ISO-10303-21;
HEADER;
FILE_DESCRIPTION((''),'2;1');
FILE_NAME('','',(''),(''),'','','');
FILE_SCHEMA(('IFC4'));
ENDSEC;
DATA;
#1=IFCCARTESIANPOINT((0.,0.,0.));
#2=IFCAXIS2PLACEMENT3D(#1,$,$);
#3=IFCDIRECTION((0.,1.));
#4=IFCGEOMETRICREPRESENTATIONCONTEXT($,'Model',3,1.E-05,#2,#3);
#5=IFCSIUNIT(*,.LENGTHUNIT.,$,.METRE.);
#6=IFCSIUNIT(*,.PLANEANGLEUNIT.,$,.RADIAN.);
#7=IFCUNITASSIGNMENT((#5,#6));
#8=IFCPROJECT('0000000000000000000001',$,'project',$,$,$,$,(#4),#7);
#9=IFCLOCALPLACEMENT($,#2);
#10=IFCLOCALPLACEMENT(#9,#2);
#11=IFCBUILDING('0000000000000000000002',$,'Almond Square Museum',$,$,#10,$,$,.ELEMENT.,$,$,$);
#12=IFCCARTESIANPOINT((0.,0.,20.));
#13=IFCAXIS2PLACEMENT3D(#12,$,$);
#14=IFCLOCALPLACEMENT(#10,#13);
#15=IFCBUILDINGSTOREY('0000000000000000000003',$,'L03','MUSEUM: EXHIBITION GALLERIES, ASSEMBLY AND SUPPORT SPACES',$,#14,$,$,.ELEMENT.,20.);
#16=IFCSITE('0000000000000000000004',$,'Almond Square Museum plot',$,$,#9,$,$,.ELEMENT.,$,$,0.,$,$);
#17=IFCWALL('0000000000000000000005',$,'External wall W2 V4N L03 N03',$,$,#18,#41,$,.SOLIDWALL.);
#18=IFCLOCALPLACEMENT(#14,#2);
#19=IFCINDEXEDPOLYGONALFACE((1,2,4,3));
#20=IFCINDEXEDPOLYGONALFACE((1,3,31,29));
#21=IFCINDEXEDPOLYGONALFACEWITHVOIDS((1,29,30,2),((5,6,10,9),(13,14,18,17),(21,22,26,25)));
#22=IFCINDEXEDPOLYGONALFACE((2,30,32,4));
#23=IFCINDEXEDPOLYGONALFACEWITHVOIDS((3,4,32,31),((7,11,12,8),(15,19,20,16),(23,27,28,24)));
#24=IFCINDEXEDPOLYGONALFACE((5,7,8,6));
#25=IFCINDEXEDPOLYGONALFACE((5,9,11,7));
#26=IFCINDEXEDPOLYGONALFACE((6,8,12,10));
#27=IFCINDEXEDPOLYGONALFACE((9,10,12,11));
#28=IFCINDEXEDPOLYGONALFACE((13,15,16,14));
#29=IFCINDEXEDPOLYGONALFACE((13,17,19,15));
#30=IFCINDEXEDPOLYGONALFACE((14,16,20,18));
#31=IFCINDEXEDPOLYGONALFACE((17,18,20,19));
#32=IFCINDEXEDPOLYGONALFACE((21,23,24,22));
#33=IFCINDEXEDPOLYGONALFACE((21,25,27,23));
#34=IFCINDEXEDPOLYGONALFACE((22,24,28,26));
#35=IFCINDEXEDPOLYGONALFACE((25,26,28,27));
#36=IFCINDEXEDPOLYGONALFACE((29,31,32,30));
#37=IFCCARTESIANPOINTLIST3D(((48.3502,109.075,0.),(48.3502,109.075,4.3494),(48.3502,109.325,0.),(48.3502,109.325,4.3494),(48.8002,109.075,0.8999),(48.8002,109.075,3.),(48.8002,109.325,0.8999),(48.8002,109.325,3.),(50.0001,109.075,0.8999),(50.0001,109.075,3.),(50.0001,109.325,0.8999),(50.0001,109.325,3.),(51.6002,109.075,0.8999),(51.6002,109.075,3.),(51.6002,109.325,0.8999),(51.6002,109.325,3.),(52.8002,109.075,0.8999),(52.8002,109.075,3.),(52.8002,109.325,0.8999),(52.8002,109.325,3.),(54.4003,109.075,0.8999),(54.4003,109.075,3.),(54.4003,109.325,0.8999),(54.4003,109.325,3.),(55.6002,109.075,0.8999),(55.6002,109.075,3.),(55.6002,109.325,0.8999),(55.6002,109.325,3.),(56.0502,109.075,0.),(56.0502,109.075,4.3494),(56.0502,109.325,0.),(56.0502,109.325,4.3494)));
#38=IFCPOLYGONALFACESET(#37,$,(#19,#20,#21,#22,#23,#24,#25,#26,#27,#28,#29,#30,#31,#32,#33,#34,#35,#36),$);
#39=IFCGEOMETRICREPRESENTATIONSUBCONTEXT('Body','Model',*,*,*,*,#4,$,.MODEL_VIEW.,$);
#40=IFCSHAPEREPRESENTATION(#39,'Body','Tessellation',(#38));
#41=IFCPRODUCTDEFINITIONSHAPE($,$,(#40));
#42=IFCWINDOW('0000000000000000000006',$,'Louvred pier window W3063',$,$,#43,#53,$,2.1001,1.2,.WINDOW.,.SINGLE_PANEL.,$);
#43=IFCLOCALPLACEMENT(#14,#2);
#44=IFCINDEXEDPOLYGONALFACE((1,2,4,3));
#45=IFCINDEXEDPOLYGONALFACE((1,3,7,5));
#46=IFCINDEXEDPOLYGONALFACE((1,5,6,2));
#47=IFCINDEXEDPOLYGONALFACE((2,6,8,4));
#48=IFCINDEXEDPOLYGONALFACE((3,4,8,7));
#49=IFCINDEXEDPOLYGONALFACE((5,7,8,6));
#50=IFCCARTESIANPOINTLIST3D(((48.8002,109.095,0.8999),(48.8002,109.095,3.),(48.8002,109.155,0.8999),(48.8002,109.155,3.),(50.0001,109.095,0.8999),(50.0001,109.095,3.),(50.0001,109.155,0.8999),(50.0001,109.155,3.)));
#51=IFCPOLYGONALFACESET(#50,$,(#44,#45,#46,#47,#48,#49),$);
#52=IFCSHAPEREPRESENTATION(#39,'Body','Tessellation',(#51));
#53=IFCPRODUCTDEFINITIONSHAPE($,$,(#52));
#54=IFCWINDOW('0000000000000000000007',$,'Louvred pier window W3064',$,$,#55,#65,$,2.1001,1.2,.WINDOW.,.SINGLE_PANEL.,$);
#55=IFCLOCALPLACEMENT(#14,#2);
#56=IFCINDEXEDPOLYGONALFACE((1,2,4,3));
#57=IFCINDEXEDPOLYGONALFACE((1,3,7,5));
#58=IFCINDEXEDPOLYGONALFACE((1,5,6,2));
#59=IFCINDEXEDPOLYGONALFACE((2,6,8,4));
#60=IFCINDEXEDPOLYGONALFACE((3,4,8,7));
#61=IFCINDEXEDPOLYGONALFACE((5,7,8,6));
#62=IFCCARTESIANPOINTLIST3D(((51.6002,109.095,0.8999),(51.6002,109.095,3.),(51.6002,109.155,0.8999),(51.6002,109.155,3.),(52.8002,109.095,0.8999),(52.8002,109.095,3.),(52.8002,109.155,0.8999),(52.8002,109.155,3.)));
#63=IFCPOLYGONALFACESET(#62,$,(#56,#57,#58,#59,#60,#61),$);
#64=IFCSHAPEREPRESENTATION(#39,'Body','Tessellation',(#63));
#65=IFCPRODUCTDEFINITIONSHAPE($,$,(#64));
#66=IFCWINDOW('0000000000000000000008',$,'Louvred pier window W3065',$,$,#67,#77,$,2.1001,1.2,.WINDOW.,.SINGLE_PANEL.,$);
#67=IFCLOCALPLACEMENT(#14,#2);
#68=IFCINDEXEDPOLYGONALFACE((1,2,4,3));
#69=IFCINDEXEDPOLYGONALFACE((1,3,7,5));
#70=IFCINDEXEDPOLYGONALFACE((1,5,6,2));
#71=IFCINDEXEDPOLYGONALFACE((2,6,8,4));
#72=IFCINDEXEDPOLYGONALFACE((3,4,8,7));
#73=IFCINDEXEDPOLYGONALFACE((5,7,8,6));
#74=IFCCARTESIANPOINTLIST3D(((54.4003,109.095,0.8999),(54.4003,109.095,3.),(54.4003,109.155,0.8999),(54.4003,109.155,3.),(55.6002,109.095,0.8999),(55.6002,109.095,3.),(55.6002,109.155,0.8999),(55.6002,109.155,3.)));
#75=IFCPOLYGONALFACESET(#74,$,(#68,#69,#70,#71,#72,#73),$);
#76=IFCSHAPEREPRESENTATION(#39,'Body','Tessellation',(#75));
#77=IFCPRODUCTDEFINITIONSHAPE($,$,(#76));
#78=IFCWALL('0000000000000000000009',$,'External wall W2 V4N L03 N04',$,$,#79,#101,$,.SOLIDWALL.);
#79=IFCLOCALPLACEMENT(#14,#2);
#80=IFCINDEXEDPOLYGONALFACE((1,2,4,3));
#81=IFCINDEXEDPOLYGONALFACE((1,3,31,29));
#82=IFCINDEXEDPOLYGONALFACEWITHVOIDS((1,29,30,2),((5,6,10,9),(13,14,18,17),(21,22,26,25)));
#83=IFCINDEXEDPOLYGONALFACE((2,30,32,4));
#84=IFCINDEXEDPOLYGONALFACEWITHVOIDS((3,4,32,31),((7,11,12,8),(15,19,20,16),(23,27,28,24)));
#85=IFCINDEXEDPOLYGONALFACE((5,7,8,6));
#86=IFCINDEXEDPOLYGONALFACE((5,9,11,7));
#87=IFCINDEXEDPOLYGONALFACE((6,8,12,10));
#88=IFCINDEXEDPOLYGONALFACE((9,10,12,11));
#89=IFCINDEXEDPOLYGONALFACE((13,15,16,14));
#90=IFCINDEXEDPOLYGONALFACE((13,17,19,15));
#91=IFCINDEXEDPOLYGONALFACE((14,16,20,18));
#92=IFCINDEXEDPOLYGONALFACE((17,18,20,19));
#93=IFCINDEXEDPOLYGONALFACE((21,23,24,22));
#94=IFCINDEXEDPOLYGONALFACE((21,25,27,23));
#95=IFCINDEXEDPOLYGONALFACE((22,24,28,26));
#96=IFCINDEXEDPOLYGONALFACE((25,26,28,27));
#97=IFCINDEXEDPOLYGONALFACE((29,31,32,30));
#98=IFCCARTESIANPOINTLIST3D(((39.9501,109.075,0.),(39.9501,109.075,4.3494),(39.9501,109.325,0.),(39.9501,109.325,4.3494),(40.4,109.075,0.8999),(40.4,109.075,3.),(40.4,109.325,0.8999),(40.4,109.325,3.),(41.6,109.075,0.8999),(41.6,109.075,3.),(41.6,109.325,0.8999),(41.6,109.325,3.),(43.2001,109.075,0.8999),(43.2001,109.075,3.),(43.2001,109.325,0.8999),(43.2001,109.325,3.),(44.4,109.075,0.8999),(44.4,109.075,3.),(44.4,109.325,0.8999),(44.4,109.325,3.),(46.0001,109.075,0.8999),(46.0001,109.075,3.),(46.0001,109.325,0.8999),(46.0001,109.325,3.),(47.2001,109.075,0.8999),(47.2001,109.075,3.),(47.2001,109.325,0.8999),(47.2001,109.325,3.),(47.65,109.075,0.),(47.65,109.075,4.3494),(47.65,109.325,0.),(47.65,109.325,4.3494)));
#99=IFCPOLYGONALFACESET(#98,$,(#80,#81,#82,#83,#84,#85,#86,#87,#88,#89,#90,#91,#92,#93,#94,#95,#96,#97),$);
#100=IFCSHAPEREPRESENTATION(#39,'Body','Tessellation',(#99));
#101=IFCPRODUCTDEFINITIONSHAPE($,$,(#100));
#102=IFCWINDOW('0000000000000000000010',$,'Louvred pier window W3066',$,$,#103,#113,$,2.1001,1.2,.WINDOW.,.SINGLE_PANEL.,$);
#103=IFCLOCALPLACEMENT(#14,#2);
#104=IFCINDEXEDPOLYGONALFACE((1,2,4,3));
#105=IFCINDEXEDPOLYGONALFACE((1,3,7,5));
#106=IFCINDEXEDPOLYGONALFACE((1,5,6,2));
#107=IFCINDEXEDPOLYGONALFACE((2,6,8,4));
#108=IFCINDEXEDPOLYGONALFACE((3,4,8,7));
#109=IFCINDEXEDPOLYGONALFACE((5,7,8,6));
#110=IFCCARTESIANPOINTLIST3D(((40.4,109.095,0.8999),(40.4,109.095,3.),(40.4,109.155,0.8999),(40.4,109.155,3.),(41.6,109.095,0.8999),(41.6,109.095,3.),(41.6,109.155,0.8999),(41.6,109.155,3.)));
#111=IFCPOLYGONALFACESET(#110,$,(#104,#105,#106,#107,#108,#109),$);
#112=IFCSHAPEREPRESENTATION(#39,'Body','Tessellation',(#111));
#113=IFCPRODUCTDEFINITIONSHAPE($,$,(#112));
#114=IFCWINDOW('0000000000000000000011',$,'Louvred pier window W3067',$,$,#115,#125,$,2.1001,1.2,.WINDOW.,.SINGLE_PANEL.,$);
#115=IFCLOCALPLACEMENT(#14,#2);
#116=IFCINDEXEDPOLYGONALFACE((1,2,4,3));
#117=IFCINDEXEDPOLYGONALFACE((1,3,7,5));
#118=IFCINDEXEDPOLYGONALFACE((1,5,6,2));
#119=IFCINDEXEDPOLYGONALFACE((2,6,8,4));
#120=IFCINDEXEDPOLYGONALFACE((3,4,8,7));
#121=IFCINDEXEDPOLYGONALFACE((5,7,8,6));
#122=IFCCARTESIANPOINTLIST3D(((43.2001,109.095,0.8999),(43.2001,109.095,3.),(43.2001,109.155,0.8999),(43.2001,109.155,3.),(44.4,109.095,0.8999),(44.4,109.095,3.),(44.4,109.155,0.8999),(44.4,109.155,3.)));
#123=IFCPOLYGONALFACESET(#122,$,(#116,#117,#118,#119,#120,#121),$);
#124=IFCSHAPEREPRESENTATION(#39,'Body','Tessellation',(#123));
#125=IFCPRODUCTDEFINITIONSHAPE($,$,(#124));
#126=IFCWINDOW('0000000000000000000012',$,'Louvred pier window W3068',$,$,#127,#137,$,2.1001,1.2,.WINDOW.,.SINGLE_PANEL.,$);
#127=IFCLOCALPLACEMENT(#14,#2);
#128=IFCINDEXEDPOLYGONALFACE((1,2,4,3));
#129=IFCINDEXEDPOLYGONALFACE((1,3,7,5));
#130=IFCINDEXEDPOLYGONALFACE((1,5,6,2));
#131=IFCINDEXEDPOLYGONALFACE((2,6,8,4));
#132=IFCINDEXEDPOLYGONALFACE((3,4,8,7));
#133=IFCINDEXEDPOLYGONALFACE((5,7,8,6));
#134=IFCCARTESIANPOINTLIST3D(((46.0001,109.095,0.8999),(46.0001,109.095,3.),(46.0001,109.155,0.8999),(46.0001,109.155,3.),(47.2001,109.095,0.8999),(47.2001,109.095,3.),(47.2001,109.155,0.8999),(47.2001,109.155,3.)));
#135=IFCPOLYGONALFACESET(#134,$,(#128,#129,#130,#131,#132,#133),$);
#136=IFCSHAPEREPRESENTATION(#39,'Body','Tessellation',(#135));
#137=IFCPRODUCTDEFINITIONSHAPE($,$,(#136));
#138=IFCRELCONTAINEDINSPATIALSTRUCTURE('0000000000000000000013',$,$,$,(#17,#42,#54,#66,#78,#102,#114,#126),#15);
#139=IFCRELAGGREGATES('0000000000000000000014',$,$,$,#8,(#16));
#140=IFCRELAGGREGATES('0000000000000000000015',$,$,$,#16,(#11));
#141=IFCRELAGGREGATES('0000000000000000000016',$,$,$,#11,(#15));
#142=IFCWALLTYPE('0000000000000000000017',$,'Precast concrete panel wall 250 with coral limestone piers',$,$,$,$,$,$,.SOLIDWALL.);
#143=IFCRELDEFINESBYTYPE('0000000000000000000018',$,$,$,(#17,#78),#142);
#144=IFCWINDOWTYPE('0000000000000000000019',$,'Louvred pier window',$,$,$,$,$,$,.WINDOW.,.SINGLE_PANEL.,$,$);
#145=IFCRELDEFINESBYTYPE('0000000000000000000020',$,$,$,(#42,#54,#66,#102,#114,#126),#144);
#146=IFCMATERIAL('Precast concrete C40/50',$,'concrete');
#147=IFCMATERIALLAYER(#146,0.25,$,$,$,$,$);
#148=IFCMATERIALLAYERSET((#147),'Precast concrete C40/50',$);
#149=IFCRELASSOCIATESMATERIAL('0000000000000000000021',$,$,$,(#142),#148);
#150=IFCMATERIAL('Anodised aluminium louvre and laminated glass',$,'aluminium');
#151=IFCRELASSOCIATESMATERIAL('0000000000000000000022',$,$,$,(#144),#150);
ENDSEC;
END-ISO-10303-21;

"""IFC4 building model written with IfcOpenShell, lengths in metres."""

from ifc_helpers import new_model, si_unit, direction, frame, frame_2d, origin, place, context, subcontext, project, spatial, rectangle, extrude, material, layer, layer_set, type_object, element, fill, save


model = new_model("IFC4")

# Units and contexts
model_context = context("Model", 3, precision=1e-05, world=origin(), true_north=direction((0.0, 1.0)))
body_context = subcontext(model_context, "Body", "Model", "MODEL_VIEW")
ifc_project = project(units=[si_unit("LENGTHUNIT", "METRE"), si_unit("PLANEANGLEUNIT", "RADIAN")], contexts=[model_context])

# Site, building, storey
site_placement = place(None, origin())
site = spatial("IfcSite", under=ifc_project, at=site_placement, Name="Almond Square Museum plot", CompositionType="ELEMENT", RefElevation=0.0)
building_placement = place(site_placement, origin())
building = spatial("IfcBuilding", under=site, at=building_placement, Name="Almond Square Museum", CompositionType="ELEMENT")
storey_placement = place(building_placement, frame((0.0, 0.0, 20.0)))
storey = spatial("IfcBuildingStorey", under=building, at=storey_placement, Name="L03", Description="MUSEUM: EXHIBITION GALLERIES, ASSEMBLY AND SUPPORT SPACES", CompositionType="ELEMENT", Elevation=20.0)

# Walls, openings, windows
ifc_material_1 = material(Name="Precast concrete C40/50", Category="concrete")
ifc_layer_1 = layer(ifc_material_1, 0.25)
ifc_layer_set_1 = layer_set([ifc_layer_1], Name="Precast concrete C40/50")
wall_type = type_object("IfcWallType", Name="Precast concrete panel wall 250 with coral limestone piers", PredefinedType="SOLIDWALL", material=ifc_layer_set_1)
wall_1_placement = place(storey_placement, frame((48.3501, 109.2, 0.0), z_axis=(0.0, 0.0, 1.0), x_axis=(1.0, 0.0, 0.0)))
wall_1 = element("IfcWall", 1, at=wall_1_placement, inside=storey, type_object=wall_type, Name="External wall W2 V4N L03 N03", PredefinedType="SOLIDWALL", context=body_context, shape_type="SweptSolid", body=[
    extrude(rectangle(XDim=7.7, YDim=0.25, at=frame_2d((3.8501, 0.0))), origin(), (0.0, 0.0, 1.0), 4.3494),
])
opening_1_placement = place(wall_1_placement, frame((0.45, 0.0, 0.8999)))
opening_1 = element("IfcOpeningElement", 2, at=opening_1_placement, cuts=wall_1, PredefinedType="OPENING", context=body_context, shape_type="SweptSolid", body=[
    extrude(rectangle(XDim=1.2, YDim=2.1001, at=frame_2d((0.6001, 1.05))), frame((0.0, 0.135, 0.0), z_axis=(0.0, -1.0, 0.0), x_axis=(1.0, 0.0, 0.0)), (0.0, 0.0, 1.0), 0.27),
])
opening_2_placement = place(wall_1_placement, frame((3.25, 0.0, 0.8999)))
opening_2 = element("IfcOpeningElement", 3, at=opening_2_placement, cuts=wall_1, PredefinedType="OPENING", context=body_context, shape_type="SweptSolid", body=[
    extrude(rectangle(XDim=1.2, YDim=2.1001, at=frame_2d((0.6001, 1.05))), frame((0.0, 0.135, 0.0), z_axis=(0.0, -1.0, 0.0), x_axis=(1.0, 0.0, 0.0)), (0.0, 0.0, 1.0), 0.27),
])
opening_3_placement = place(wall_1_placement, frame((6.05, 0.0, 0.8999)))
opening_3 = element("IfcOpeningElement", 4, at=opening_3_placement, cuts=wall_1, PredefinedType="OPENING", context=body_context, shape_type="SweptSolid", body=[
    extrude(rectangle(XDim=1.2, YDim=2.1001, at=frame_2d((0.6001, 1.05))), frame((0.0, 0.135, 0.0), z_axis=(0.0, -1.0, 0.0), x_axis=(1.0, 0.0, 0.0)), (0.0, 0.0, 1.0), 0.27),
])
ifc_material_2 = material(Name="Anodised aluminium louvre and laminated glass", Category="aluminium")
window_type = type_object("IfcWindowType", Name="Louvred pier window", PartitioningType="SINGLE_PANEL", PredefinedType="WINDOW", material=ifc_material_2)
window_1_placement = place(opening_1_placement, origin())
window_1 = element("IfcWindow", 5, at=window_1_placement, inside=storey, type_object=window_type, Name="Louvred pier window W3063", OverallHeight=2.1001, OverallWidth=1.2, PartitioningType="SINGLE_PANEL", PredefinedType="WINDOW", context=body_context, shape_type="SweptSolid", body=[
    extrude(rectangle(XDim=1.2, YDim=2.1001, at=frame_2d((0.6001, 1.05))), frame((0.0, -0.0449, 0.0), z_axis=(0.0, -1.0, 0.0), x_axis=(1.0, 0.0, 0.0)), (0.0, 0.0, 1.0), 0.0601),
])
fill(opening_1, window_1)
window_2_placement = place(opening_2_placement, origin())
window_2 = element("IfcWindow", 6, at=window_2_placement, inside=storey, type_object=window_type, Name="Louvred pier window W3064", OverallHeight=2.1001, OverallWidth=1.2, PartitioningType="SINGLE_PANEL", PredefinedType="WINDOW", context=body_context, shape_type="SweptSolid", body=[
    extrude(rectangle(XDim=1.2, YDim=2.1001, at=frame_2d((0.6001, 1.05))), frame((0.0, -0.0449, 0.0), z_axis=(0.0, -1.0, 0.0), x_axis=(1.0, 0.0, 0.0)), (0.0, 0.0, 1.0), 0.0601),
])
fill(opening_2, window_2)
window_3_placement = place(opening_3_placement, origin())
window_3 = element("IfcWindow", 7, at=window_3_placement, inside=storey, type_object=window_type, Name="Louvred pier window W3065", OverallHeight=2.1001, OverallWidth=1.2, PartitioningType="SINGLE_PANEL", PredefinedType="WINDOW", context=body_context, shape_type="SweptSolid", body=[
    extrude(rectangle(XDim=1.2, YDim=2.1001, at=frame_2d((0.6001, 1.05))), frame((0.0, -0.0449, 0.0), z_axis=(0.0, -1.0, 0.0), x_axis=(1.0, 0.0, 0.0)), (0.0, 0.0, 1.0), 0.0601),
])
fill(opening_3, window_3)
wall_2_placement = place(storey_placement, frame((39.95, 109.2, 0.0), z_axis=(0.0, 0.0, 1.0), x_axis=(1.0, 0.0, 0.0)))
wall_2 = element("IfcWall", 8, at=wall_2_placement, inside=storey, type_object=wall_type, Name="External wall W2 V4N L03 N04", PredefinedType="SOLIDWALL", context=body_context, shape_type="SweptSolid", body=[
    extrude(rectangle(XDim=7.7, YDim=0.25, at=frame_2d((3.8501, 0.0))), origin(), (0.0, 0.0, 1.0), 4.3494),
])
opening_4_placement = place(wall_2_placement, frame((0.45, 0.0, 0.8999)))
opening_4 = element("IfcOpeningElement", 9, at=opening_4_placement, cuts=wall_2, PredefinedType="OPENING", context=body_context, shape_type="SweptSolid", body=[
    extrude(rectangle(XDim=1.2, YDim=2.1001, at=frame_2d((0.6001, 1.05))), frame((0.0, 0.135, 0.0), z_axis=(0.0, -1.0, 0.0), x_axis=(1.0, 0.0, 0.0)), (0.0, 0.0, 1.0), 0.27),
])
opening_5_placement = place(wall_2_placement, frame((3.25, 0.0, 0.8999)))
opening_5 = element("IfcOpeningElement", 10, at=opening_5_placement, cuts=wall_2, PredefinedType="OPENING", context=body_context, shape_type="SweptSolid", body=[
    extrude(rectangle(XDim=1.2, YDim=2.1001, at=frame_2d((0.6001, 1.05))), frame((0.0, 0.135, 0.0), z_axis=(0.0, -1.0, 0.0), x_axis=(1.0, 0.0, 0.0)), (0.0, 0.0, 1.0), 0.27),
])
opening_6_placement = place(wall_2_placement, frame((6.05, 0.0, 0.8999)))
opening_6 = element("IfcOpeningElement", 11, at=opening_6_placement, cuts=wall_2, PredefinedType="OPENING", context=body_context, shape_type="SweptSolid", body=[
    extrude(rectangle(XDim=1.2, YDim=2.1001, at=frame_2d((0.6001, 1.05))), frame((0.0, 0.135, 0.0), z_axis=(0.0, -1.0, 0.0), x_axis=(1.0, 0.0, 0.0)), (0.0, 0.0, 1.0), 0.27),
])
window_4_placement = place(opening_4_placement, origin())
window_4 = element("IfcWindow", 12, at=window_4_placement, inside=storey, type_object=window_type, Name="Louvred pier window W3066", OverallHeight=2.1001, OverallWidth=1.2, PartitioningType="SINGLE_PANEL", PredefinedType="WINDOW", context=body_context, shape_type="SweptSolid", body=[
    extrude(rectangle(XDim=1.2, YDim=2.1001, at=frame_2d((0.6001, 1.05))), frame((0.0, -0.0449, 0.0), z_axis=(0.0, -1.0, 0.0), x_axis=(1.0, 0.0, 0.0)), (0.0, 0.0, 1.0), 0.0601),
])
fill(opening_4, window_4)
window_5_placement = place(opening_5_placement, origin())
window_5 = element("IfcWindow", 13, at=window_5_placement, inside=storey, type_object=window_type, Name="Louvred pier window W3067", OverallHeight=2.1001, OverallWidth=1.2, PartitioningType="SINGLE_PANEL", PredefinedType="WINDOW", context=body_context, shape_type="SweptSolid", body=[
    extrude(rectangle(XDim=1.2, YDim=2.1001, at=frame_2d((0.6001, 1.05))), frame((0.0, -0.0449, 0.0), z_axis=(0.0, -1.0, 0.0), x_axis=(1.0, 0.0, 0.0)), (0.0, 0.0, 1.0), 0.0601),
])
fill(opening_5, window_5)
window_6_placement = place(opening_6_placement, origin())
window_6 = element("IfcWindow", 14, at=window_6_placement, inside=storey, type_object=window_type, Name="Louvred pier window W3068", OverallHeight=2.1001, OverallWidth=1.2, PartitioningType="SINGLE_PANEL", PredefinedType="WINDOW", context=body_context, shape_type="SweptSolid", body=[
    extrude(rectangle(XDim=1.2, YDim=2.1001, at=frame_2d((0.6001, 1.05))), frame((0.0, -0.0449, 0.0), z_axis=(0.0, -1.0, 0.0), x_axis=(1.0, 0.0, 0.0)), (0.0, 0.0, 1.0), 0.0601),
])
fill(opening_6, window_6)

save(model, "model.ifc")
